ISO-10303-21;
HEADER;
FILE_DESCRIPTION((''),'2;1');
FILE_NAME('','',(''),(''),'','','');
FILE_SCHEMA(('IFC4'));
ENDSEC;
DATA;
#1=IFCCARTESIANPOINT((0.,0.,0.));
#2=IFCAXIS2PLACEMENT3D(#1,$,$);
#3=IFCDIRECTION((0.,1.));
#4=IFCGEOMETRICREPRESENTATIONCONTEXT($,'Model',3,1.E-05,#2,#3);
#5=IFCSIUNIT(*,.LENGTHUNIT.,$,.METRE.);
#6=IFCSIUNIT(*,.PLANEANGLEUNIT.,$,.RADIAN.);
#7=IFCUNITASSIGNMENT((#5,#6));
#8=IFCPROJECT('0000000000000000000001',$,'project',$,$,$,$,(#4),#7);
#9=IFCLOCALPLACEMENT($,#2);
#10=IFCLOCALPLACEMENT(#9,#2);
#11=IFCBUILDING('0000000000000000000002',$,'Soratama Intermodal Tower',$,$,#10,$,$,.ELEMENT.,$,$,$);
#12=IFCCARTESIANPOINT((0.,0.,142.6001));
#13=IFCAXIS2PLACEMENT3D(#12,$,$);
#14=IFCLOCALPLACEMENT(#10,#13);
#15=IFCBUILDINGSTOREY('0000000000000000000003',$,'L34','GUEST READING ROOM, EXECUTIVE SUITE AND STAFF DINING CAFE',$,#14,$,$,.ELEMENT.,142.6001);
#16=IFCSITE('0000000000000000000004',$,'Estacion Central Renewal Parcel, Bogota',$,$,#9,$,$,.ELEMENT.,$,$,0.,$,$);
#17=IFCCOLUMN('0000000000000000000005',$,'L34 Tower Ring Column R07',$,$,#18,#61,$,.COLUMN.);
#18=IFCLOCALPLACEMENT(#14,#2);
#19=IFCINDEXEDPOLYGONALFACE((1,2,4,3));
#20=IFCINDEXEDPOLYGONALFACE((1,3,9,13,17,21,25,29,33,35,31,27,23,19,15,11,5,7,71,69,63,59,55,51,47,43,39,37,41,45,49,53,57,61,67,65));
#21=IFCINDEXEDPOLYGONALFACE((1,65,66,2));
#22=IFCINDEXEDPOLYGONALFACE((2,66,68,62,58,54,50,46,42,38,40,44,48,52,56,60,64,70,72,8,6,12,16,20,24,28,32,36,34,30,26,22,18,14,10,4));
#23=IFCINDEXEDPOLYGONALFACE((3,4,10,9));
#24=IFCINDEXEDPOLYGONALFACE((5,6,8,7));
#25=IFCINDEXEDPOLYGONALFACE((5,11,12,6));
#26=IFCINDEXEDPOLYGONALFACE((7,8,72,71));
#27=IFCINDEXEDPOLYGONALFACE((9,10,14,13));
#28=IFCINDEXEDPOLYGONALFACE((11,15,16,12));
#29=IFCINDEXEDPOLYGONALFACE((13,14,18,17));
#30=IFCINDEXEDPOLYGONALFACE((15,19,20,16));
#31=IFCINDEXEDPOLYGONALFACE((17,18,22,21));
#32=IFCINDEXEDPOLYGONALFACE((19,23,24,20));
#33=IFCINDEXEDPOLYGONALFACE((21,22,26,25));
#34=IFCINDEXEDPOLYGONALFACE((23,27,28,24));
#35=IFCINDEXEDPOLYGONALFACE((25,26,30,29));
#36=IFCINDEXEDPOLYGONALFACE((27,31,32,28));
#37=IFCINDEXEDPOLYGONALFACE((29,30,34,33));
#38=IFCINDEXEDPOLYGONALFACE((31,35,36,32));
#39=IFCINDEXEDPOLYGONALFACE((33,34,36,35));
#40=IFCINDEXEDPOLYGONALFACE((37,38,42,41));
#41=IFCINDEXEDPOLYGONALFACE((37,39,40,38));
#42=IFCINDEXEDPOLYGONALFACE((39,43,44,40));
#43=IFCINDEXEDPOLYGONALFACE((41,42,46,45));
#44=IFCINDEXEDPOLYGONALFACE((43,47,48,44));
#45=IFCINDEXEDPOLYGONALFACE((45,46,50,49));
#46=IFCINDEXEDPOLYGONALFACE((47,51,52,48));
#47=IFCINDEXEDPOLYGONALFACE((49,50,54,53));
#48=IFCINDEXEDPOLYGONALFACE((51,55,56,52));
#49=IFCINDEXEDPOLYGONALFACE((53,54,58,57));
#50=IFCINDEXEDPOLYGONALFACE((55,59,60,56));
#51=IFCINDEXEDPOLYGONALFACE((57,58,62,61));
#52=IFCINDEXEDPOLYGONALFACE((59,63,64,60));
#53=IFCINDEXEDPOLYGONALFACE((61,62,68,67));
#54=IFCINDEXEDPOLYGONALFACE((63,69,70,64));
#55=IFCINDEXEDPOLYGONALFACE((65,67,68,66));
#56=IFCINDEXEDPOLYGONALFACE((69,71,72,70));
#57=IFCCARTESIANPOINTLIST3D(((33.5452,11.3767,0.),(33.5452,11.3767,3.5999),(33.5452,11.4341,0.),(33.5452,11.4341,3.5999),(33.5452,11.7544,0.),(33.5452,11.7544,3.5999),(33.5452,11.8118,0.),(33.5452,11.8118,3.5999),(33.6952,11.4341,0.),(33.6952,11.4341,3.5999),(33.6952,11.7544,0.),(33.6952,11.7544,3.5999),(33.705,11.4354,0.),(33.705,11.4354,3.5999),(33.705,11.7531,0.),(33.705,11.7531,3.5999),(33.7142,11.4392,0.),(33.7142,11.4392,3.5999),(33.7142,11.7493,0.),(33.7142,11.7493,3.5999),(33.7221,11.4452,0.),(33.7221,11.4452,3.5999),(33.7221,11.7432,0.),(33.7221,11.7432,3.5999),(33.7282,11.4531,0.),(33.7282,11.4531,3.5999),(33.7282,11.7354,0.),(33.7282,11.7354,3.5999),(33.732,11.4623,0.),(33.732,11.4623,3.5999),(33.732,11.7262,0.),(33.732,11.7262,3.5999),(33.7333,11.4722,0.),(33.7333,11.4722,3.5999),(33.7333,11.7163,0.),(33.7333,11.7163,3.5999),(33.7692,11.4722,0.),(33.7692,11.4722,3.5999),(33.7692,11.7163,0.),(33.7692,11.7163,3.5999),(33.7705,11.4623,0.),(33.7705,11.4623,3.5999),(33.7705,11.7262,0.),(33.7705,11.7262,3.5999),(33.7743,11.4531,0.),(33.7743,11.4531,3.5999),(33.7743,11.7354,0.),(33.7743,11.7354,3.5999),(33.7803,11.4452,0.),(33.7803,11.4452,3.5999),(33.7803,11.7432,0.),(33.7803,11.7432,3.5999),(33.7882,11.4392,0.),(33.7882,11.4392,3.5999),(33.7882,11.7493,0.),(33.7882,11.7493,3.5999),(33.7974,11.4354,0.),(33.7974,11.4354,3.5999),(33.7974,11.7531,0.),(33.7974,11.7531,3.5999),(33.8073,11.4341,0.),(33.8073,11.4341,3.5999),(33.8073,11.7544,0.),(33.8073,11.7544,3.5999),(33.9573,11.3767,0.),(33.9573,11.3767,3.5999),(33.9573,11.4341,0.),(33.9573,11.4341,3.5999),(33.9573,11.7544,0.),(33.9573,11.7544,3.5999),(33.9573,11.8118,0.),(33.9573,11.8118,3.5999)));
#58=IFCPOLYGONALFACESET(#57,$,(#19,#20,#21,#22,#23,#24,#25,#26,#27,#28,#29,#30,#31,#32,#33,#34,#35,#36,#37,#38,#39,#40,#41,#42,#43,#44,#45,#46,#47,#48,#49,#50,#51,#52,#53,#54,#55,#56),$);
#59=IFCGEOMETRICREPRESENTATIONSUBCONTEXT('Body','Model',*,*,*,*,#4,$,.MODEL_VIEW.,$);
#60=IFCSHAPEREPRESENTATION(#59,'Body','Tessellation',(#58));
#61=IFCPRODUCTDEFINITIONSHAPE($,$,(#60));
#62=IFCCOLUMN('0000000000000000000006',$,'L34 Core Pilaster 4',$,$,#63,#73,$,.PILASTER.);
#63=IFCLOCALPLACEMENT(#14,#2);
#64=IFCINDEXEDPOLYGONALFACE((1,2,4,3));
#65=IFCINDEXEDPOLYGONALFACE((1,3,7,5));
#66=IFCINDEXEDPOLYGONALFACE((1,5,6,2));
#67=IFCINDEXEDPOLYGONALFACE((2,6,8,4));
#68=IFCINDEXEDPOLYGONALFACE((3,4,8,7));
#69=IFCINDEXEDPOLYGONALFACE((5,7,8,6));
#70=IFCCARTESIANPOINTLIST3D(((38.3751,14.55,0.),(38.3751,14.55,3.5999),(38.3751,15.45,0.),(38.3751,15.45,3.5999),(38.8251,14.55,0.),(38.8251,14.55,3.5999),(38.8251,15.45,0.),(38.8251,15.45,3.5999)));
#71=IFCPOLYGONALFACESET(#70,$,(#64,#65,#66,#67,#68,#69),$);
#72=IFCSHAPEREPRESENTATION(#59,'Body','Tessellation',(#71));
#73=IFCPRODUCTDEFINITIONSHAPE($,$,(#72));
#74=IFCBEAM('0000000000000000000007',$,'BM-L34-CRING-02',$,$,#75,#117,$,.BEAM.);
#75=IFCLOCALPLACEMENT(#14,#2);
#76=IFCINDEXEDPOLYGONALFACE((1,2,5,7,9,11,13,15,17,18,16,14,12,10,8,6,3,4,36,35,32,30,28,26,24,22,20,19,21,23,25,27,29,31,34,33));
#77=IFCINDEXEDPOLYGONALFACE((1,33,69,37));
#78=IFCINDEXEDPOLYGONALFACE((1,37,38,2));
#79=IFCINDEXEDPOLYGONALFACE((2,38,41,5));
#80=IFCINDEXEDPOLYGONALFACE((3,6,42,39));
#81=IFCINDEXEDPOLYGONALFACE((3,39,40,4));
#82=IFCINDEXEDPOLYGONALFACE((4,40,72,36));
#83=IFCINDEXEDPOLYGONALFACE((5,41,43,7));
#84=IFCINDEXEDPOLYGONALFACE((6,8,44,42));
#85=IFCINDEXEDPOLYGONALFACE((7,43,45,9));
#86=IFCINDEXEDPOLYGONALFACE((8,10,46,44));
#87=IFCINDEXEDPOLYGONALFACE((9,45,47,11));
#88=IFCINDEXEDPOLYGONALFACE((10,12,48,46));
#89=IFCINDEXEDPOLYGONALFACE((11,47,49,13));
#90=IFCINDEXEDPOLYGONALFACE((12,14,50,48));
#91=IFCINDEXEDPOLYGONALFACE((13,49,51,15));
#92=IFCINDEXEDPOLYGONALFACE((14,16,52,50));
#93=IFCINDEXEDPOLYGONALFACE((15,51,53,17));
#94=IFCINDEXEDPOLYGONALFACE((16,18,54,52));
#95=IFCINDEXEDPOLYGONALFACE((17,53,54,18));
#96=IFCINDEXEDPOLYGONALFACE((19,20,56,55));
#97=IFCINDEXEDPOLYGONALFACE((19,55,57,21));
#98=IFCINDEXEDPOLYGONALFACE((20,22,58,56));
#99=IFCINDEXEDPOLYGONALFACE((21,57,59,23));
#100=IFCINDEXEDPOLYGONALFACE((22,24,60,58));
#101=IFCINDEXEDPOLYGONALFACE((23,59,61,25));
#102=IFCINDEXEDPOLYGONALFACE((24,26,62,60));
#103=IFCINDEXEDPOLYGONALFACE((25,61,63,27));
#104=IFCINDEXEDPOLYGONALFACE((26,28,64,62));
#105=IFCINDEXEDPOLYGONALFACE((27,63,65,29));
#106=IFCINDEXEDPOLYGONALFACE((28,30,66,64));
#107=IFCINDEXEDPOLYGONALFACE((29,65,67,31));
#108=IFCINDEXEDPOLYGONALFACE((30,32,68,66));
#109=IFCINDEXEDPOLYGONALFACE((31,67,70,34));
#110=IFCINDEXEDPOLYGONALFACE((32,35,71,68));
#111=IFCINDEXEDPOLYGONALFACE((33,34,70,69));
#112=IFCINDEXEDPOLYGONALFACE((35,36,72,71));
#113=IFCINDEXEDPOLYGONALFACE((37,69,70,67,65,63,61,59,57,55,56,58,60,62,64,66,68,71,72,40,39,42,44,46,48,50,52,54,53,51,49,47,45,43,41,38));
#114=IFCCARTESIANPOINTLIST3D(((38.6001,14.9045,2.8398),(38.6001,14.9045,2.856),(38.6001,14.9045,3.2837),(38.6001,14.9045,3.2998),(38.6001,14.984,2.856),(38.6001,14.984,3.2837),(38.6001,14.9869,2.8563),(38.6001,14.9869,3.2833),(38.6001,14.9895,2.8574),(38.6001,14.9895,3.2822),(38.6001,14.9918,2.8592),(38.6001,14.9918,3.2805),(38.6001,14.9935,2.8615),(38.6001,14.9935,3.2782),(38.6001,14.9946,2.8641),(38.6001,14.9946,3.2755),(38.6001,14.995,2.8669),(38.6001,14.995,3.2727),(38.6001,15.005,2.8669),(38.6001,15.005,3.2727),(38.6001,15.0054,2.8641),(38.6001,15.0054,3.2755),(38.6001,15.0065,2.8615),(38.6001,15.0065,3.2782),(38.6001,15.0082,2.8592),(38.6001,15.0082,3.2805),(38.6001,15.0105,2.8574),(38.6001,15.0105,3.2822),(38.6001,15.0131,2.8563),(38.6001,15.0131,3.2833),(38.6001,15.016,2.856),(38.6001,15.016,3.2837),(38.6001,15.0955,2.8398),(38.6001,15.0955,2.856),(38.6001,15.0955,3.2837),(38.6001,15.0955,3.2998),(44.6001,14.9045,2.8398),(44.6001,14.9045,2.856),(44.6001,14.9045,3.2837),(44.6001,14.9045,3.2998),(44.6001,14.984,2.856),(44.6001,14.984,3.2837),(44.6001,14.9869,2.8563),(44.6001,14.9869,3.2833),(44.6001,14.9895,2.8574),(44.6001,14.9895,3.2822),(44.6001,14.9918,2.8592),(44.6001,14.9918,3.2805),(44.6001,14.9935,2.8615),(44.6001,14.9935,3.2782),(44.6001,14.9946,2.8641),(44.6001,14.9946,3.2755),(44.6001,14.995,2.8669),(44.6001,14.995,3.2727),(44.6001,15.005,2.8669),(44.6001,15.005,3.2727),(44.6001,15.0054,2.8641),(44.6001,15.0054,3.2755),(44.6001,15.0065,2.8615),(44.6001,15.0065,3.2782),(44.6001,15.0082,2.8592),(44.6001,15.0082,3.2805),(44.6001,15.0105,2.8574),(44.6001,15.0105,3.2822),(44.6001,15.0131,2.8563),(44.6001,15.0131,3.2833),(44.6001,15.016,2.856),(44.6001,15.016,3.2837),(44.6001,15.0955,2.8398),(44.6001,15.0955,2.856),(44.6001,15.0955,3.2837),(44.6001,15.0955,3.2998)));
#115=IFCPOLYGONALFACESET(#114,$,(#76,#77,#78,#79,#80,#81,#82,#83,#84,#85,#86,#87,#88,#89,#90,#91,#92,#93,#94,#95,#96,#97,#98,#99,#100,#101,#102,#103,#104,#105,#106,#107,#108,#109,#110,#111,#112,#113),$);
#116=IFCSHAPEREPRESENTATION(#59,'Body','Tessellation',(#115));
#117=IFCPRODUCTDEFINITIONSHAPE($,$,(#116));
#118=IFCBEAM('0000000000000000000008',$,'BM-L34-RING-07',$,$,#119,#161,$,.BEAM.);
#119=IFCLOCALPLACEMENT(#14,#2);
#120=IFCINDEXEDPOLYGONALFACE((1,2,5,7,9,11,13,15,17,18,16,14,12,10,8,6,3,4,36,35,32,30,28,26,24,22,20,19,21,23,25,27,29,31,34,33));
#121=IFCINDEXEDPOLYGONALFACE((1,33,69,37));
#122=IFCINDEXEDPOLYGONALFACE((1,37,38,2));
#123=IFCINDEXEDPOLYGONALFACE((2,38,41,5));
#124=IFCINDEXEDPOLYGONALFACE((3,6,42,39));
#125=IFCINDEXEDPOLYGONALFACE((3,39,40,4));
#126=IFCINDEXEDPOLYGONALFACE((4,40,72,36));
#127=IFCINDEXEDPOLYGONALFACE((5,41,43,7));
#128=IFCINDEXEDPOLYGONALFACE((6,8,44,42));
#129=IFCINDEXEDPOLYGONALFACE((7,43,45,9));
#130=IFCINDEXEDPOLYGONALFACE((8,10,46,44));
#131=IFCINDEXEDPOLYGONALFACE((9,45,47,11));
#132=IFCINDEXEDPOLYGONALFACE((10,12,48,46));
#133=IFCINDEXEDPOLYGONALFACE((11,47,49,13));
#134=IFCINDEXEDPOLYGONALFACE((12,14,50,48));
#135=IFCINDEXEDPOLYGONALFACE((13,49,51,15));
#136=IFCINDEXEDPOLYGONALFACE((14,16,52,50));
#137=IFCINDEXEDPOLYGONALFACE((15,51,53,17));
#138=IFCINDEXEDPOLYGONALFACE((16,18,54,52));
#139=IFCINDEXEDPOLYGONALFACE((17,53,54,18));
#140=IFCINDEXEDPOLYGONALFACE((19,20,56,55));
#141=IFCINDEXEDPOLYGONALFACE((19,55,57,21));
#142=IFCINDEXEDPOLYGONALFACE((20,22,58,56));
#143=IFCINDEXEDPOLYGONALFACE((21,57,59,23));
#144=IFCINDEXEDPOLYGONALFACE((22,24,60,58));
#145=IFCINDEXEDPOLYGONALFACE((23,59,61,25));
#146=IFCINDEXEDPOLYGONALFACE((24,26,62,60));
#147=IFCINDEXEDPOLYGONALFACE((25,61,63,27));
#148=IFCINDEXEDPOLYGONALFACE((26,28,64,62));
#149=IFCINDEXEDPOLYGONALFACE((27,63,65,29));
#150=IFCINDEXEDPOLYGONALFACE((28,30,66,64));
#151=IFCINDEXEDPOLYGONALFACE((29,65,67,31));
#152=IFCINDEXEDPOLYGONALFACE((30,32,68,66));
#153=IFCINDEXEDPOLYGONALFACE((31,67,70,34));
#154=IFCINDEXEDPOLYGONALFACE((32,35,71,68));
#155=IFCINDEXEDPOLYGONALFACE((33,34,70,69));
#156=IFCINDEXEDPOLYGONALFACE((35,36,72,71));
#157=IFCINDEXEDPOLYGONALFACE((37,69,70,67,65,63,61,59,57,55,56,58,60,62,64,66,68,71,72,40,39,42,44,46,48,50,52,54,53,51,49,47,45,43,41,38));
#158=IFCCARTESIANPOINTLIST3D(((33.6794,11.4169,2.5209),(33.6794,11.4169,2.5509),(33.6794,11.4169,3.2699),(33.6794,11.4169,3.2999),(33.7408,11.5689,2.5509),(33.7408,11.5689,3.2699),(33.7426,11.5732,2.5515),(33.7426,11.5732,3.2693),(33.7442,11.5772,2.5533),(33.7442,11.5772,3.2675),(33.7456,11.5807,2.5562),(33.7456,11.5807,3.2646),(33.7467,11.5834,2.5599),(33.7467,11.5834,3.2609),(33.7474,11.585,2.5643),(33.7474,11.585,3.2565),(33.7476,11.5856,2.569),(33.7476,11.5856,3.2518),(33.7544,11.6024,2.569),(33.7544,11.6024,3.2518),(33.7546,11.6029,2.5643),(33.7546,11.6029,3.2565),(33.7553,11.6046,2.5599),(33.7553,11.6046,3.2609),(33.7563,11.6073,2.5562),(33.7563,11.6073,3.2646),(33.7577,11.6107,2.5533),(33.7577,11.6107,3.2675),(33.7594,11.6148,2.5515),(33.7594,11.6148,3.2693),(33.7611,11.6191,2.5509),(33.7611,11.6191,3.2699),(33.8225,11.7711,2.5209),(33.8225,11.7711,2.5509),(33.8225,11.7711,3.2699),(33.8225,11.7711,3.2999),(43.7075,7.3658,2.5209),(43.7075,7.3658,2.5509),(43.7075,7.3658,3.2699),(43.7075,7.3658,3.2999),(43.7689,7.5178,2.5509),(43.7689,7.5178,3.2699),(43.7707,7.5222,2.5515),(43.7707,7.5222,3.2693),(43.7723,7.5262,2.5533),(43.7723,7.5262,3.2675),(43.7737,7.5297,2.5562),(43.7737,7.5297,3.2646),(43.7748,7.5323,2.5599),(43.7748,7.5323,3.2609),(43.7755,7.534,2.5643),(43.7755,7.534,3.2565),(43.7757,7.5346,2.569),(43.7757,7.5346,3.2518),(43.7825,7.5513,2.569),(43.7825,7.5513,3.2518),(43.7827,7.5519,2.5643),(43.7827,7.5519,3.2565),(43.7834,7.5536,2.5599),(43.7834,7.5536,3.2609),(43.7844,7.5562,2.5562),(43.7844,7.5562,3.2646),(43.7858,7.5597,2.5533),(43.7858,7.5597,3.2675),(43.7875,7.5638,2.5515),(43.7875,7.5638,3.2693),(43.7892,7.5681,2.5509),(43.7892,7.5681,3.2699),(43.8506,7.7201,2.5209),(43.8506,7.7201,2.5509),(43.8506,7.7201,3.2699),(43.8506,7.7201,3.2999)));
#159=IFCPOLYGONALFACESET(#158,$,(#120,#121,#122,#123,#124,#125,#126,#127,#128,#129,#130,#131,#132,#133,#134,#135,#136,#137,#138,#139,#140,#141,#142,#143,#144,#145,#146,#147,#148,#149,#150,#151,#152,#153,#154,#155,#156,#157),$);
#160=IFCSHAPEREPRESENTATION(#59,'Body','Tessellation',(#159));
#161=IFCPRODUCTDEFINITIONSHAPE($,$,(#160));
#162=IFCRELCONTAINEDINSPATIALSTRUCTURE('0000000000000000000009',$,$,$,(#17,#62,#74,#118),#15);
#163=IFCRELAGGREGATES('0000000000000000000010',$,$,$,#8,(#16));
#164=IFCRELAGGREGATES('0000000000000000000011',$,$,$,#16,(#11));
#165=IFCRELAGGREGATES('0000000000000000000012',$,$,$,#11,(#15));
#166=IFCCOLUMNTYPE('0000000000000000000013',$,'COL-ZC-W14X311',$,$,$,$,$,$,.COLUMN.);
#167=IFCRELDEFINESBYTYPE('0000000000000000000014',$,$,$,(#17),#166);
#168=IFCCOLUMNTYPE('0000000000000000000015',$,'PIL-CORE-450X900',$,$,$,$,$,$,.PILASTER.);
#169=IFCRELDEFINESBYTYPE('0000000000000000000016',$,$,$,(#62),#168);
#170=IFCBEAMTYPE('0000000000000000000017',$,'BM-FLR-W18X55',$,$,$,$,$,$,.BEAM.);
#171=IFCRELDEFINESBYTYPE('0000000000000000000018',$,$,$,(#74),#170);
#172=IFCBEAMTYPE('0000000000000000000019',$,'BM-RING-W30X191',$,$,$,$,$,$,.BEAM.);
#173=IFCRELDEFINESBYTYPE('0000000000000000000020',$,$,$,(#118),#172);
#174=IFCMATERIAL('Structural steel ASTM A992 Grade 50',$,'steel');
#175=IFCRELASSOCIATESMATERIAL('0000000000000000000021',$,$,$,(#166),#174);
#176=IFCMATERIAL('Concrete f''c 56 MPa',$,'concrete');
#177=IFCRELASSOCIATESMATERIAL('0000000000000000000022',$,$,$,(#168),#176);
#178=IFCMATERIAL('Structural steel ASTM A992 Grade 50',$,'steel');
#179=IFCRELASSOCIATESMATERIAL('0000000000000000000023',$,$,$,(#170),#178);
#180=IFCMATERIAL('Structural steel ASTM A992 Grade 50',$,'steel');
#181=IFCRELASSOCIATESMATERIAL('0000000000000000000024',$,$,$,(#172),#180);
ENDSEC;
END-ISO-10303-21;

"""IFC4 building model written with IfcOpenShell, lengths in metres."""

from ifc_helpers import new_model, si_unit, direction, frame, origin, origin_2d, place, context, subcontext, project, spatial, rectangle, i_section, extrude, material, material_profile, profile_set, type_object, element, save


model = new_model("IFC4")

# Units and contexts
model_context = context("Model", 3, precision=1e-05, world=origin(), true_north=direction((0.0, 1.0)))
body_context = subcontext(model_context, "Body", "Model", "MODEL_VIEW")
ifc_project = project(units=[si_unit("LENGTHUNIT", "METRE"), si_unit("PLANEANGLEUNIT", "RADIAN")], contexts=[model_context])

# Site, building, storey
site_placement = place(None, origin())
site = spatial("IfcSite", under=ifc_project, at=site_placement, Name="Estacion Central Renewal Parcel, Bogota", CompositionType="ELEMENT", RefElevation=0.0)
building_placement = place(site_placement, origin())
building = spatial("IfcBuilding", under=site, at=building_placement, Name="Soratama Intermodal Tower", CompositionType="ELEMENT")
storey_placement = place(building_placement, frame((0.0, 0.0, 142.6001)))
storey = spatial("IfcBuildingStorey", under=building, at=storey_placement, Name="L34", Description="GUEST READING ROOM, EXECUTIVE SUITE AND STAFF DINING CAFE", CompositionType="ELEMENT", Elevation=142.6001)

# Columns
ifc_material_1 = material(Name="Structural steel ASTM A992 Grade 50", Category="steel")
ifc_material_profile_1 = material_profile(ifc_material_1, i_section(OverallWidth=0.4121, OverallDepth=0.4351, WebThickness=0.0359, FlangeThickness=0.0574, FilletRadius=0.0381, at=origin_2d()), Name="W14X311")
ifc_profile_set_1 = profile_set([ifc_material_profile_1], Name="Structural steel ASTM A992 Grade 50")
column_type_1 = type_object("IfcColumnType", Name="COL-ZC-W14X311", PredefinedType="COLUMN", material=ifc_profile_set_1)
column_1_placement = place(storey_placement, frame((33.7512, 11.5942, 0.0), z_axis=(0.0, 0.0, 1.0), x_axis=(1.0, 0.0, 0.0)))
element("IfcColumn", 1, at=column_1_placement, inside=storey, type_object=column_type_1, Name="L34 Tower Ring Column R07", PredefinedType="COLUMN", context=body_context, shape_type="SweptSolid", body=[
    extrude(i_section(OverallWidth=0.4121, OverallDepth=0.4351, WebThickness=0.0359, FlangeThickness=0.0574, FilletRadius=0.0381, at=origin_2d()), origin(), (0.0, 0.0, 1.0), 3.5999),
])
ifc_material_2 = material(Name="Concrete f'c 56 MPa", Category="concrete")
ifc_material_profile_2 = material_profile(ifc_material_2, rectangle(XDim=0.45, YDim=0.8999, at=origin_2d()), Name="RC450X900")
ifc_profile_set_2 = profile_set([ifc_material_profile_2], Name="Concrete f'c 56 MPa")
column_type_2 = type_object("IfcColumnType", Name="PIL-CORE-450X900", PredefinedType="PILASTER", material=ifc_profile_set_2)
column_2_placement = place(storey_placement, frame((38.6001, 15.0, 0.0), z_axis=(0.0, 0.0, 1.0), x_axis=(1.0, 0.0, 0.0)))
element("IfcColumn", 2, at=column_2_placement, inside=storey, type_object=column_type_2, Name="L34 Core Pilaster 4", PredefinedType="PILASTER", context=body_context, shape_type="SweptSolid", body=[
    extrude(rectangle(XDim=0.45, YDim=0.8999, at=origin_2d()), origin(), (0.0, 0.0, 1.0), 3.5999),
])

# Beams
ifc_material_3 = material(Name="Structural steel ASTM A992 Grade 50", Category="steel")
ifc_material_profile_3 = material_profile(ifc_material_3, i_section(OverallWidth=0.1909, OverallDepth=0.46, WebThickness=0.01, FlangeThickness=0.0161, FilletRadius=0.011, at=origin_2d()), Name="W18X55")
ifc_profile_set_3 = profile_set([ifc_material_profile_3], Name="Structural steel ASTM A992 Grade 50")
beam_type_1 = type_object("IfcBeamType", Name="BM-FLR-W18X55", PredefinedType="BEAM", material=ifc_profile_set_3)
beam_1_placement = place(storey_placement, frame((38.6001, 15.0, 3.0698), z_axis=(1.0, 0.0, 0.0), x_axis=(0.0, 1.0, 0.0)))
element("IfcBeam", 3, at=beam_1_placement, inside=storey, type_object=beam_type_1, Name="BM-L34-CRING-02", PredefinedType="BEAM", context=body_context, shape_type="SweptSolid", body=[
    extrude(i_section(OverallWidth=0.1909, OverallDepth=0.46, WebThickness=0.01, FlangeThickness=0.0161, FilletRadius=0.011, at=origin_2d()), origin(), (0.0, 0.0, 1.0), 6.0),
])
ifc_material_4 = material(Name="Structural steel ASTM A992 Grade 50", Category="steel")
ifc_material_profile_4 = material_profile(ifc_material_4, i_section(OverallWidth=0.3821, OverallDepth=0.7791, WebThickness=0.0181, FlangeThickness=0.03, FilletRadius=0.0181, at=origin_2d()), Name="W30X191")
ifc_profile_set_4 = profile_set([ifc_material_profile_4], Name="Structural steel ASTM A992 Grade 50")
beam_type_2 = type_object("IfcBeamType", Name="BM-RING-W30X191", PredefinedType="BEAM", material=ifc_profile_set_4)
beam_2_placement = place(storey_placement, frame((33.751, 11.594, 2.9104), z_axis=(0.927202, -0.37456, 0.0), x_axis=(0.37456, 0.927202, 0.0)))
element("IfcBeam", 4, at=beam_2_placement, inside=storey, type_object=beam_type_2, Name="BM-L34-RING-07", PredefinedType="BEAM", context=body_context, shape_type="SweptSolid", body=[
    extrude(i_section(OverallWidth=0.3821, OverallDepth=0.7791, WebThickness=0.0181, FlangeThickness=0.03, FilletRadius=0.0181, at=origin_2d()), origin(), (0.0, 0.0, 1.0), 10.8154),
])

save(model, "model.ifc")
